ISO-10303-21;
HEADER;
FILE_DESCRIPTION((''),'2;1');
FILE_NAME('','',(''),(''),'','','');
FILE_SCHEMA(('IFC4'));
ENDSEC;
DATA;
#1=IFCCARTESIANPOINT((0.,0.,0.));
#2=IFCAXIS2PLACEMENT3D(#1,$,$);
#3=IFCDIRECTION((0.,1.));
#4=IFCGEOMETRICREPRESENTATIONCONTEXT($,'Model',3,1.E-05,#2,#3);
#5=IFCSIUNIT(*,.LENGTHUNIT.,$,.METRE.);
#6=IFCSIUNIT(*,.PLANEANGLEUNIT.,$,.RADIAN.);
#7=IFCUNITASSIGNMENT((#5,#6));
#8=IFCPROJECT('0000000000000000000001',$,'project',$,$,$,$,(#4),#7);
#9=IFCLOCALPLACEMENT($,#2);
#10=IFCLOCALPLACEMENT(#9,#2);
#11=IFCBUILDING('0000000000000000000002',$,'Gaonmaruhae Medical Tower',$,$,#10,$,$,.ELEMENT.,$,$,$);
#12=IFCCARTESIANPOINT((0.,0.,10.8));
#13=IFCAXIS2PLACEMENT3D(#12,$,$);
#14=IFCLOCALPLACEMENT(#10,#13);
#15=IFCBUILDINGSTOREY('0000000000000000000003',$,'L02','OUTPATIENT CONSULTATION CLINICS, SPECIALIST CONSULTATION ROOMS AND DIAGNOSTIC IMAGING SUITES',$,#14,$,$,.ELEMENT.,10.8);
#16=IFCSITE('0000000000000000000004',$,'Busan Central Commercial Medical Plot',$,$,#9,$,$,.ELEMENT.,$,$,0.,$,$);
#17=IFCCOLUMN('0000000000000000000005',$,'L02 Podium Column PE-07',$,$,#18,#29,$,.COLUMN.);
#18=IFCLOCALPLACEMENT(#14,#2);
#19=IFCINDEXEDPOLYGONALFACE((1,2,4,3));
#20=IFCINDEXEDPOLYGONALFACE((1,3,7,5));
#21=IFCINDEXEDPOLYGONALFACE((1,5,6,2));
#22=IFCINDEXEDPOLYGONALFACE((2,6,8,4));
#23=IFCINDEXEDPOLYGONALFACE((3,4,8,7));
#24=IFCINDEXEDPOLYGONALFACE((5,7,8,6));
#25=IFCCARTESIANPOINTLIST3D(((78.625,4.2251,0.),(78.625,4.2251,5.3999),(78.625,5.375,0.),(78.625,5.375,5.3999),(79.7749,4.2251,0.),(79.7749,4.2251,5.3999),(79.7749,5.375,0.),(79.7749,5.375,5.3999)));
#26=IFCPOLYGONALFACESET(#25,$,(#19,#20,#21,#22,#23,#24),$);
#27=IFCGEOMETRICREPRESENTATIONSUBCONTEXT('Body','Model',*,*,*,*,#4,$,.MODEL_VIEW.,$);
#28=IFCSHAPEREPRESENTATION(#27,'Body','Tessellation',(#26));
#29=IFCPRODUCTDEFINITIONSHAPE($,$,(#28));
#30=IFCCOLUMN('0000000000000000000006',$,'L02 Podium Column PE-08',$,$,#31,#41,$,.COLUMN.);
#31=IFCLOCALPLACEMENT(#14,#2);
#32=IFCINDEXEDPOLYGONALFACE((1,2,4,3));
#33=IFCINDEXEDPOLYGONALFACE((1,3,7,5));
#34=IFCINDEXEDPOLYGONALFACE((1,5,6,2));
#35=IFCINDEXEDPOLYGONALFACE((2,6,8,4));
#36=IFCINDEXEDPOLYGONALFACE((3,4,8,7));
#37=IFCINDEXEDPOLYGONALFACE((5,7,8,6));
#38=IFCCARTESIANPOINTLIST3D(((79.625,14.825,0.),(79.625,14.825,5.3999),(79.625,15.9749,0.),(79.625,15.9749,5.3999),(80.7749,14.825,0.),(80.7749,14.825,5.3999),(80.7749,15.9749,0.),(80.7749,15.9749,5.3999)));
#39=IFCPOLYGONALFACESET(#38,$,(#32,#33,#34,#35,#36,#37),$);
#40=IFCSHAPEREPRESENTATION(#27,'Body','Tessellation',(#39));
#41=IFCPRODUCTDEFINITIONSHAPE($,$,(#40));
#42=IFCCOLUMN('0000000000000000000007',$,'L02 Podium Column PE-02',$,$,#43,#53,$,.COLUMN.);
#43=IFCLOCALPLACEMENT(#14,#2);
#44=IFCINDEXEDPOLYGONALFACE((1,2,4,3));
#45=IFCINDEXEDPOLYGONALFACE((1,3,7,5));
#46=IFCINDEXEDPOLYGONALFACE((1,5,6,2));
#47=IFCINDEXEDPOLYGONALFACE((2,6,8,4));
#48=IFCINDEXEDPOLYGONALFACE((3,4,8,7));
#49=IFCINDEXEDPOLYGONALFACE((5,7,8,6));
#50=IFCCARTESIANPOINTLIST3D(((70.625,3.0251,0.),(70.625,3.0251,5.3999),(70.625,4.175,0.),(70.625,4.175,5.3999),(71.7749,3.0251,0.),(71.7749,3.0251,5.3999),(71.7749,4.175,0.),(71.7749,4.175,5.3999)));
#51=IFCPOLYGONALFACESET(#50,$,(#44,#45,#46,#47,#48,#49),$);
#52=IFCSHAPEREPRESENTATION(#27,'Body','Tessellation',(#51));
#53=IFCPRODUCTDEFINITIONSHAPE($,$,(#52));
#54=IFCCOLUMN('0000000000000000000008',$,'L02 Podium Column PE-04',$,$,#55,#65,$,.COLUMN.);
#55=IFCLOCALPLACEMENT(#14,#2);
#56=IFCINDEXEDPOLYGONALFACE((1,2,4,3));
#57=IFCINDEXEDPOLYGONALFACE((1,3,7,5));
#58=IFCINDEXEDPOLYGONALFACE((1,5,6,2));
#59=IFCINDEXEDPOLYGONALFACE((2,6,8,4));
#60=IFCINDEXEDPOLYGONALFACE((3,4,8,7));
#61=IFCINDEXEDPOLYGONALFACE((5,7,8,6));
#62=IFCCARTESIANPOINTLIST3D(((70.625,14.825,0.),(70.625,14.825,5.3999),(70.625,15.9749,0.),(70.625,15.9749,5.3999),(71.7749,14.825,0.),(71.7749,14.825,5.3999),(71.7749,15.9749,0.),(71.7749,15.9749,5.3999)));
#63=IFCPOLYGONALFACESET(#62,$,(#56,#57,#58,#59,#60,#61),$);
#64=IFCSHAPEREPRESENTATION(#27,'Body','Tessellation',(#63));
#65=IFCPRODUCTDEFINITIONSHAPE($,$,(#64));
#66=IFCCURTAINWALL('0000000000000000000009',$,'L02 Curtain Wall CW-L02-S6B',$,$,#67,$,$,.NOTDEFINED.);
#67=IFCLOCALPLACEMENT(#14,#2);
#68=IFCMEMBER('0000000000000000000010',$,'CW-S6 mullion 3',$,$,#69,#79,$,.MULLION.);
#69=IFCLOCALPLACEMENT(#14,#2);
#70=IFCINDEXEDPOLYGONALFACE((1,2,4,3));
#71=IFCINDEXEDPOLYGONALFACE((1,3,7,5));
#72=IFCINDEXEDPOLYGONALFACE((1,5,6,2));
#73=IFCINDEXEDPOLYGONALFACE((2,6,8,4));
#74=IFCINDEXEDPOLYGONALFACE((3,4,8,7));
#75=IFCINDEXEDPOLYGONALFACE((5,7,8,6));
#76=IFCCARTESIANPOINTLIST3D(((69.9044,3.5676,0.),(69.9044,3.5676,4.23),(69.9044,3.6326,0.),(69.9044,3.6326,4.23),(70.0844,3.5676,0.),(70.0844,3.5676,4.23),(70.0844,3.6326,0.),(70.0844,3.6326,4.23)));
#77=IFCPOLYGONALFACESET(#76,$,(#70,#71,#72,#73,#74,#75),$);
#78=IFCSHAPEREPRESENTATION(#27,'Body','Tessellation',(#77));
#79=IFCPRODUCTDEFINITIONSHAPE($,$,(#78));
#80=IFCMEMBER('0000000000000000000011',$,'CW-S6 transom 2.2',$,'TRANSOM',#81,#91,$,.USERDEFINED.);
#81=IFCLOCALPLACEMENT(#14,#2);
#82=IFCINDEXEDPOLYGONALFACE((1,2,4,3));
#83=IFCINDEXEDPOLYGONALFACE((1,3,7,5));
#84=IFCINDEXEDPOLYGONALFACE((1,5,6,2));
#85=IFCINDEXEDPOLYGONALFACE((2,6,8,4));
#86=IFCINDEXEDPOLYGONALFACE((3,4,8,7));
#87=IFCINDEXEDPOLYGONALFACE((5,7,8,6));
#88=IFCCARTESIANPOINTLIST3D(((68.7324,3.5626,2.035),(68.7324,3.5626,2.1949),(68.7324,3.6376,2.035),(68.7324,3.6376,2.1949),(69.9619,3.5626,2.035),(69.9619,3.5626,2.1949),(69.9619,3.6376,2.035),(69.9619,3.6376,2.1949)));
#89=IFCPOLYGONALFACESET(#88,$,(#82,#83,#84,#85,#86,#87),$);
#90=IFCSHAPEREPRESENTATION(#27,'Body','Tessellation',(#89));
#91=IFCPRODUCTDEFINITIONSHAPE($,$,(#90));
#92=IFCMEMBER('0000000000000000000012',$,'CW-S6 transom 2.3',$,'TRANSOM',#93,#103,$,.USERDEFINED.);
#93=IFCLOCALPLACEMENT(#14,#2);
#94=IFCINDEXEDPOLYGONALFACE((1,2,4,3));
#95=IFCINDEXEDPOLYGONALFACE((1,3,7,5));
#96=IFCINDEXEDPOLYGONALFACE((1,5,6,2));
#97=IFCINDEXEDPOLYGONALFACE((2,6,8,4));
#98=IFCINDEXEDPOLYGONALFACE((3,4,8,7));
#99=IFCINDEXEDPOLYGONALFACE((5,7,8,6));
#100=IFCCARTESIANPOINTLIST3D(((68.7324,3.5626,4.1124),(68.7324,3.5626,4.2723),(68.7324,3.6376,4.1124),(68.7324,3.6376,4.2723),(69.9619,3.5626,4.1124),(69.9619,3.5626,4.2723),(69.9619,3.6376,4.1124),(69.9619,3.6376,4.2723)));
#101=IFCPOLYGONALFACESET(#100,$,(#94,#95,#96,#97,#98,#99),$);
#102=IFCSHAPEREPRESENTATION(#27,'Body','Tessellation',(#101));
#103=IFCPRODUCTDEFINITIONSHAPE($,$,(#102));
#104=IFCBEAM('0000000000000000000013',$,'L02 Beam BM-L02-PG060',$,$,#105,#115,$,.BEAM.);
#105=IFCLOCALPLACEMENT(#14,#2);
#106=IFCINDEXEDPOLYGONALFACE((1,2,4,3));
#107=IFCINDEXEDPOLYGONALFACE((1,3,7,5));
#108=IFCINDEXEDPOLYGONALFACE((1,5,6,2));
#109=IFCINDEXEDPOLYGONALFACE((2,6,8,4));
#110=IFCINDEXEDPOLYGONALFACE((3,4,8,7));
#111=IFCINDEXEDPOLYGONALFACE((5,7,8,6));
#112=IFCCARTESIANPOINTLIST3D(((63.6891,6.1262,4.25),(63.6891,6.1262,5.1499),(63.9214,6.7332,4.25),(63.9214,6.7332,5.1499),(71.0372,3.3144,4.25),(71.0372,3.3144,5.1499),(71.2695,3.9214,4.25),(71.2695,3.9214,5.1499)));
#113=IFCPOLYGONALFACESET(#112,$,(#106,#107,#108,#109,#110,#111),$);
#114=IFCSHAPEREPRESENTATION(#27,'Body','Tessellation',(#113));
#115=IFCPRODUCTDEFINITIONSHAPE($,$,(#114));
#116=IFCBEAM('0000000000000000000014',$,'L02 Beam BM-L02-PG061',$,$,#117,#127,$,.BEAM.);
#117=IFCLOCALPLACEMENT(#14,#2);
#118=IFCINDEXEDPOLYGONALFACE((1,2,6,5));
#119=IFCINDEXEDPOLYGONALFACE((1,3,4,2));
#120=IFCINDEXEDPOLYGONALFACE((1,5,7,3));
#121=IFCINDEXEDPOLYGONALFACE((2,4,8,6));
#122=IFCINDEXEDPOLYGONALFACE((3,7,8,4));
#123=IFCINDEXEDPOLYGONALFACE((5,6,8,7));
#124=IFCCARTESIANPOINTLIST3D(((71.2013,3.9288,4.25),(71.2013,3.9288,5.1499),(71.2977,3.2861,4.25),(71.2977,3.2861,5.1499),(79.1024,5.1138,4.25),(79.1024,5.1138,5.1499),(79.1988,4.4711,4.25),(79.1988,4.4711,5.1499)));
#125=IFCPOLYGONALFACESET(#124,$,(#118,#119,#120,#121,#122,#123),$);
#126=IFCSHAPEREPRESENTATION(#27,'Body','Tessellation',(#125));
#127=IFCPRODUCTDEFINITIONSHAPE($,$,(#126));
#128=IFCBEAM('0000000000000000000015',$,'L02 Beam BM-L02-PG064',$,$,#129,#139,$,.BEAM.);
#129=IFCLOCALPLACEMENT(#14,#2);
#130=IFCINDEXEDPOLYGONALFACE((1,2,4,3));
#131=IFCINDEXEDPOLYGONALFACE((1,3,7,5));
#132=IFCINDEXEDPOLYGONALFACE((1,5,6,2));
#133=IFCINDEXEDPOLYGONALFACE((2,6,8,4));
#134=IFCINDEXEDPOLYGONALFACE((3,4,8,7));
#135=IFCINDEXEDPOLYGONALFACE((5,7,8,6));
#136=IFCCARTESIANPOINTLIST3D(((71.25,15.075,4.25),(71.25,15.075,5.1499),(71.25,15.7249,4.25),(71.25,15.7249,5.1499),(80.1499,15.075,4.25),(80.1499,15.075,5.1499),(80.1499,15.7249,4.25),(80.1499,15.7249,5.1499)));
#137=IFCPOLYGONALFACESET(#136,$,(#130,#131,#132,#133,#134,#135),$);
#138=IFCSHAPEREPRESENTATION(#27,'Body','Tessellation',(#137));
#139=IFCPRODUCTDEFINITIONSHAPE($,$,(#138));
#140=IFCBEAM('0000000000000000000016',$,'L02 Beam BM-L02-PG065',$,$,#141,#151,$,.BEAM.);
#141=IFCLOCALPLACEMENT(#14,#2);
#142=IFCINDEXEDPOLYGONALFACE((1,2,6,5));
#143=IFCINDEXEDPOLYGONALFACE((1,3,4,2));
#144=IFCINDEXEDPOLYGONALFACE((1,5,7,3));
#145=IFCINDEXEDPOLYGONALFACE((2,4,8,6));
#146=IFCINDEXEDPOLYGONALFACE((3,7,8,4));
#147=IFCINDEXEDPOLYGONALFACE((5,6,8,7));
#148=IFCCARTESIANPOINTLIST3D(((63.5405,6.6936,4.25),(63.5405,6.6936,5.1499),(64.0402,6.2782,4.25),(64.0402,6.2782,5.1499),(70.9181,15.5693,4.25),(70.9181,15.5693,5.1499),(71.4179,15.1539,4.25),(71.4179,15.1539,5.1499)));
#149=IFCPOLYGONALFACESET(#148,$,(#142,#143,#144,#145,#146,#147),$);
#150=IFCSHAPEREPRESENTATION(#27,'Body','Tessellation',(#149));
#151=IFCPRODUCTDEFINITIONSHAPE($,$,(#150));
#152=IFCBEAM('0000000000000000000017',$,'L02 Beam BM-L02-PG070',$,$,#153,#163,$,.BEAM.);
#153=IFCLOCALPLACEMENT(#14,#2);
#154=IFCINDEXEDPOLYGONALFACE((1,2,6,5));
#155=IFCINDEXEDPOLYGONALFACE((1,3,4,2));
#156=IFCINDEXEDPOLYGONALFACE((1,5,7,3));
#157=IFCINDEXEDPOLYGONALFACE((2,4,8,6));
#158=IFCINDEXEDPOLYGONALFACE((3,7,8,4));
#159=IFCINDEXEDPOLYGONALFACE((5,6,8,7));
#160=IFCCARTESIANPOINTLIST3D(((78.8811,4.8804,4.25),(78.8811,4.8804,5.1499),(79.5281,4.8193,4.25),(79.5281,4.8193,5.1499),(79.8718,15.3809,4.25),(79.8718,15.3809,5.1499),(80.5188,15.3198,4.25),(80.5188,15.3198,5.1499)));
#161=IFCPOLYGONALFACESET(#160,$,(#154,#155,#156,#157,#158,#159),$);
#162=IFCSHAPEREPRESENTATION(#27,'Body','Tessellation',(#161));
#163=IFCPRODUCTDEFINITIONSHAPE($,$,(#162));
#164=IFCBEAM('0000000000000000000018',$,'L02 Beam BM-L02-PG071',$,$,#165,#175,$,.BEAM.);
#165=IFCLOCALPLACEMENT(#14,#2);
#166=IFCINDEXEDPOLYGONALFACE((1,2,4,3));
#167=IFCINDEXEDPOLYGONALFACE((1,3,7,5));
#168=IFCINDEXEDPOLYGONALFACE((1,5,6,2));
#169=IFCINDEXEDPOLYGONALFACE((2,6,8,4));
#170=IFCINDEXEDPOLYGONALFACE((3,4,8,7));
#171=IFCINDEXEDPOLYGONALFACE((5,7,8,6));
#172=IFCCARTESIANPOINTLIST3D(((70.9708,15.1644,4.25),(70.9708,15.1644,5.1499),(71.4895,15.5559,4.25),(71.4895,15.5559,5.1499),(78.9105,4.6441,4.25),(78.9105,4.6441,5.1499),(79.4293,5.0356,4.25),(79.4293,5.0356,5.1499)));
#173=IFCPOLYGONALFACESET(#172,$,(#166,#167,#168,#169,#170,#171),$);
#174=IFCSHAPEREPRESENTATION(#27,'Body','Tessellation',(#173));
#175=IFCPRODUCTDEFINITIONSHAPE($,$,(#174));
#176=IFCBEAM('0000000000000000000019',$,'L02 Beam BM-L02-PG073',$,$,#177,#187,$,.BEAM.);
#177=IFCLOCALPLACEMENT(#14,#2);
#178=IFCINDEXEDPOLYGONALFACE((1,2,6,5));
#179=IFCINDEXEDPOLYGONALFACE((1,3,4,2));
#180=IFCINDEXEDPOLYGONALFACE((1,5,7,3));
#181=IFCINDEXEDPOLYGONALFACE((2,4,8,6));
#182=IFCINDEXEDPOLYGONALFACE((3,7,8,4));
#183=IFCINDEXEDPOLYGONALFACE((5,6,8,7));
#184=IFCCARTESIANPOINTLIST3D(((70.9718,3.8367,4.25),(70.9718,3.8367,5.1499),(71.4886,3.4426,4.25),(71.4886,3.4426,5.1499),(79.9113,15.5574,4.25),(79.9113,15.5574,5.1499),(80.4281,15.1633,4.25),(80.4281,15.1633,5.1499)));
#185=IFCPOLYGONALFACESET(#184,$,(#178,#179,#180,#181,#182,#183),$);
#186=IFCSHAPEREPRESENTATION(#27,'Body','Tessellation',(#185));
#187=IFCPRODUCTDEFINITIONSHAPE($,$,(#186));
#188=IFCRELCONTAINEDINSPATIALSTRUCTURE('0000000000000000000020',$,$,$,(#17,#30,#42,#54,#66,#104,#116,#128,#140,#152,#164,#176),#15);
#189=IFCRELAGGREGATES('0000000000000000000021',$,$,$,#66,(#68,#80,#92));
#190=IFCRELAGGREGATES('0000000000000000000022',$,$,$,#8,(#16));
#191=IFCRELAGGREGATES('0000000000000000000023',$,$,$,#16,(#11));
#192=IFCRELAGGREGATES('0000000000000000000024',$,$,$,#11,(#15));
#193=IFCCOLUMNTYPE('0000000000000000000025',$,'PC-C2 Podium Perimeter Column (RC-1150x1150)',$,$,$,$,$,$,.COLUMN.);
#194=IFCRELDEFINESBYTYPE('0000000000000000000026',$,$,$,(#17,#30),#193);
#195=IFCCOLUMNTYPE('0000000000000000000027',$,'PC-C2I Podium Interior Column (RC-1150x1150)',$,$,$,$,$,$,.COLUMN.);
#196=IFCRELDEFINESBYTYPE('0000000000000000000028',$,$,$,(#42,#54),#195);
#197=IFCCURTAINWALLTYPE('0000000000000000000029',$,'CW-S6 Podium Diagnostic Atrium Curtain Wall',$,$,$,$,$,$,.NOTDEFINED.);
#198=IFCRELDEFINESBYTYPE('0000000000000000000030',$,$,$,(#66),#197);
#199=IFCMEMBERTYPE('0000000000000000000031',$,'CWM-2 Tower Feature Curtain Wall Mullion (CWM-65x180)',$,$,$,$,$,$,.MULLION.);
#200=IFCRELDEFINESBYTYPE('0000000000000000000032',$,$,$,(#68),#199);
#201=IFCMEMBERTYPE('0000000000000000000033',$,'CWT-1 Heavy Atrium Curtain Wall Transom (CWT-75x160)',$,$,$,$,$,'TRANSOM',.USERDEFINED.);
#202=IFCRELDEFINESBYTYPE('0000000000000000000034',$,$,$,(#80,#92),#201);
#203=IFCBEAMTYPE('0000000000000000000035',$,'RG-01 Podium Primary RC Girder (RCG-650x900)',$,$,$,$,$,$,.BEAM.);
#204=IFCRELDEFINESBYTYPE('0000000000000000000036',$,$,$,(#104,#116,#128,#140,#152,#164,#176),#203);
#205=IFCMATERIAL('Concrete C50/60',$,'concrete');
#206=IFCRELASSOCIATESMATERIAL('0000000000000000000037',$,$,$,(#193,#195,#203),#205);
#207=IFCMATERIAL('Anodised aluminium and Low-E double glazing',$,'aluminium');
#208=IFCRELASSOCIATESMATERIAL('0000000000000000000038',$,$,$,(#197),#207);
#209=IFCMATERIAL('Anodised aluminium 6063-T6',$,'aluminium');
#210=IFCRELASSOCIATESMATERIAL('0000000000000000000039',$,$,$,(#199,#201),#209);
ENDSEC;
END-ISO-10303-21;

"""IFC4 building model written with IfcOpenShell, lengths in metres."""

from ifc_helpers import new_model, si_unit, direction, frame, origin, origin_2d, place, context, subcontext, project, spatial, rectangle, extrude, material, material_profile, profile_set, type_object, element, aggregate, save


model = new_model("IFC4")

# Units and contexts
model_context = context("Model", 3, precision=1e-05, world=origin(), true_north=direction((0.0, 1.0)))
body_context = subcontext(model_context, "Body", "Model", "MODEL_VIEW")
ifc_project = project(units=[si_unit("LENGTHUNIT", "METRE"), si_unit("PLANEANGLEUNIT", "RADIAN")], contexts=[model_context])

# Site, building, storey
site_placement = place(None, origin())
site = spatial("IfcSite", under=ifc_project, at=site_placement, Name="Busan Central Commercial Medical Plot", CompositionType="ELEMENT", RefElevation=0.0)
building_placement = place(site_placement, origin())
building = spatial("IfcBuilding", under=site, at=building_placement, Name="Gaonmaruhae Medical Tower", CompositionType="ELEMENT")
storey_placement = place(building_placement, frame((0.0, 0.0, 10.8)))
storey = spatial("IfcBuildingStorey", under=building, at=storey_placement, Name="L02", Description="OUTPATIENT CONSULTATION CLINICS, SPECIALIST CONSULTATION ROOMS AND DIAGNOSTIC IMAGING SUITES", CompositionType="ELEMENT", Elevation=10.8)

# Columns
ifc_material_1 = material(Name="Concrete C50/60", Category="concrete")
ifc_material_profile_1 = material_profile(ifc_material_1, rectangle(XDim=1.1499, YDim=1.1499, at=origin_2d()), Name="RC-1150x1150")
ifc_profile_set_1 = profile_set([ifc_material_profile_1], Name="Concrete C50/60")
column_type_1 = type_object("IfcColumnType", Name="PC-C2 Podium Perimeter Column (RC-1150x1150)", PredefinedType="COLUMN", material=ifc_profile_set_1)
for number, where, z_axis, x_axis, name in (
    (1, (79.2, 4.8, 0.0), (0.0, 0.0, 1.0), (1.0, 0.0, 0.0), "L02 Podium Column PE-07"),
    (2, (80.2, 15.3999, 0.0), (0.0, 0.0, 1.0), (1.0, 0.0, 0.0), "L02 Podium Column PE-08"),
):
    element("IfcColumn", number, at=place(storey_placement, frame(where, z_axis=z_axis, x_axis=x_axis)), inside=storey, type_object=column_type_1, Name=name, PredefinedType="COLUMN", context=body_context, shape_type="SweptSolid", body=[
        extrude(rectangle(XDim=1.1499, YDim=1.1499, at=origin_2d()), origin(), (0.0, 0.0, 1.0), 5.3999),
    ])
ifc_material_profile_2 = material_profile(ifc_material_1, rectangle(XDim=1.1499, YDim=1.1499, at=origin_2d()), Name="RC-1150x1150")
ifc_profile_set_2 = profile_set([ifc_material_profile_2], Name="Concrete C50/60")
column_type_2 = type_object("IfcColumnType", Name="PC-C2I Podium Interior Column (RC-1150x1150)", PredefinedType="COLUMN", material=ifc_profile_set_2)
for number, where, z_axis, x_axis, name in (
    (3, (71.2, 3.6001, 0.0), (0.0, 0.0, 1.0), (1.0, 0.0, 0.0), "L02 Podium Column PE-02"),
    (4, (71.2, 15.3999, 0.0), (0.0, 0.0, 1.0), (1.0, 0.0, 0.0), "L02 Podium Column PE-04"),
):
    element("IfcColumn", number, at=place(storey_placement, frame(where, z_axis=z_axis, x_axis=x_axis)), inside=storey, type_object=column_type_2, Name=name, PredefinedType="COLUMN", context=body_context, shape_type="SweptSolid", body=[
        extrude(rectangle(XDim=1.1499, YDim=1.1499, at=origin_2d()), origin(), (0.0, 0.0, 1.0), 5.3999),
    ])

# Curtain wall, members
ifc_material_2 = material(Name="Anodised aluminium and Low-E double glazing", Category="aluminium")
curtain_wall_type = type_object("IfcCurtainWallType", Name="CW-S6 Podium Diagnostic Atrium Curtain Wall", PredefinedType="NOTDEFINED", material=ifc_material_2)
curtain_wall_placement = place(storey_placement, origin())
curtain_wall = element("IfcCurtainWall", 5, at=curtain_wall_placement, inside=storey, type_object=curtain_wall_type, Name="L02 Curtain Wall CW-L02-S6B", PredefinedType="NOTDEFINED")
ifc_material_3 = material(Name="Anodised aluminium 6063-T6", Category="aluminium")
ifc_material_profile_3 = material_profile(ifc_material_3, rectangle(XDim=0.0649, YDim=0.1799, at=origin_2d()), Name="CWM-65x180")
ifc_profile_set_3 = profile_set([ifc_material_profile_3], Name="Anodised aluminium 6063-T6")
member_type_1 = type_object("IfcMemberType", Name="CWM-2 Tower Feature Curtain Wall Mullion (CWM-65x180)", PredefinedType="MULLION", material=ifc_profile_set_3)
member_1_placement = place(storey_placement, frame((69.9944, 3.6001, 0.0), z_axis=(0.0, 0.0, 1.0), x_axis=(0.0, 1.0, 0.0)))
member_1 = element("IfcMember", 6, at=member_1_placement, type_object=member_type_1, Name="CW-S6 mullion 3", PredefinedType="MULLION", context=body_context, shape_type="SweptSolid", body=[
    extrude(rectangle(XDim=0.0649, YDim=0.1799, at=origin_2d()), origin(), (0.0, 0.0, 1.0), 4.23),
])
ifc_material_profile_4 = material_profile(ifc_material_3, rectangle(XDim=0.075, YDim=0.1599, at=origin_2d()), Name="CWT-75x160")
ifc_profile_set_4 = profile_set([ifc_material_profile_4], Name="Anodised aluminium 6063-T6")
member_type_2 = type_object("IfcMemberType", Name="CWT-1 Heavy Atrium Curtain Wall Transom (CWT-75x160)", ElementType="TRANSOM", PredefinedType="USERDEFINED", material=ifc_profile_set_4)
member_2_placement = place(storey_placement, frame((68.7324, 3.6001, 2.115), z_axis=(1.0, 0.0, 0.0), x_axis=(0.0, 1.0, 0.0)))
member_2 = element("IfcMember", 7, at=member_2_placement, type_object=member_type_2, Name="CW-S6 transom 2.2", ObjectType="TRANSOM", PredefinedType="USERDEFINED", context=body_context, shape_type="SweptSolid", body=[
    extrude(rectangle(XDim=0.075, YDim=0.1599, at=origin_2d()), origin(), (0.0, 0.0, 1.0), 1.2295),
])
member_3_placement = place(storey_placement, frame((68.7324, 3.6001, 4.1924), z_axis=(1.0, 0.0, 0.0), x_axis=(0.0, 1.0, 0.0)))
member_3 = element("IfcMember", 8, at=member_3_placement, type_object=member_type_2, Name="CW-S6 transom 2.3", ObjectType="TRANSOM", PredefinedType="USERDEFINED", context=body_context, shape_type="SweptSolid", body=[
    extrude(rectangle(XDim=0.075, YDim=0.1599, at=origin_2d()), origin(), (0.0, 0.0, 1.0), 1.2295),
])

# Beams
ifc_material_profile_5 = material_profile(ifc_material_1, rectangle(XDim=0.6499, YDim=0.8999, at=origin_2d()), Name="RCG-650x900")
ifc_profile_set_5 = profile_set([ifc_material_profile_5], Name="Concrete C50/60")
beam_type = type_object("IfcBeamType", Name="RG-01 Podium Primary RC Girder (RCG-650x900)", PredefinedType="BEAM", material=ifc_profile_set_5)
beam_1_placement = place(storey_placement, frame((71.1533, 3.6179, 4.7), z_axis=(-0.933959, 0.35738, 0.0), x_axis=(-0.35738, -0.933959, 0.0)))
element("IfcBeam", 9, at=beam_1_placement, inside=storey, type_object=beam_type, Name="L02 Beam BM-L02-PG060", PredefinedType="BEAM", context=body_context, shape_type="SweptSolid", body=[
    extrude(rectangle(XDim=0.6499, YDim=0.8999, at=origin_2d()), origin(), (0.0, 0.0, 1.0), 7.8677),
])
beam_2_placement = place(storey_placement, frame((71.2495, 3.6074, 4.7), z_axis=(0.988938, 0.148327, 0.0), x_axis=(-0.148327, 0.988938, 0.0)))
element("IfcBeam", 10, at=beam_2_placement, inside=storey, type_object=beam_type, Name="L02 Beam BM-L02-PG061", PredefinedType="BEAM", context=body_context, shape_type="SweptSolid", body=[
    extrude(rectangle(XDim=0.6499, YDim=0.8999, at=origin_2d()), origin(), (0.0, 0.0, 1.0), 7.9895),
])
beam_3_placement = place(storey_placement, frame((71.25, 15.3999, 4.7), z_axis=(1.0, 0.0, 0.0), x_axis=(0.0, 1.0, 0.0)))
element("IfcBeam", 11, at=beam_3_placement, inside=storey, type_object=beam_type, Name="L02 Beam BM-L02-PG064", PredefinedType="BEAM", context=body_context, shape_type="SweptSolid", body=[
    extrude(rectangle(XDim=0.6499, YDim=0.8999, at=origin_2d()), origin(), (0.0, 0.0, 1.0), 8.8999),
])
beam_4_placement = place(storey_placement, frame((71.168, 15.3616, 4.7), z_axis=(-0.639225, -0.76902, 0.0), x_axis=(0.76902, -0.639225, 0.0)))
element("IfcBeam", 12, at=beam_4_placement, inside=storey, type_object=beam_type, Name="L02 Beam BM-L02-PG065", PredefinedType="BEAM", context=body_context, shape_type="SweptSolid", body=[
    extrude(rectangle(XDim=0.6499, YDim=0.8999, at=origin_2d()), origin(), (0.0, 0.0, 1.0), 11.5415),
])
beam_5_placement = place(storey_placement, frame((79.2046, 4.8499, 4.7), z_axis=(0.093933, 0.995579, 0.0), x_axis=(-0.995579, 0.093933, 0.0)))
element("IfcBeam", 13, at=beam_5_placement, inside=storey, type_object=beam_type, Name="L02 Beam BM-L02-PG070", PredefinedType="BEAM", context=body_context, shape_type="SweptSolid", body=[
    extrude(rectangle(XDim=0.6499, YDim=0.8999, at=origin_2d()), origin(), (0.0, 0.0, 1.0), 10.5471),
])
beam_6_placement = place(storey_placement, frame((79.1699, 4.8398, 4.7), z_axis=(-0.602401, 0.798194, 0.0), x_axis=(-0.798194, -0.602401, 0.0)))
element("IfcBeam", 14, at=beam_6_placement, inside=storey, type_object=beam_type, Name="L02 Beam BM-L02-PG071", PredefinedType="BEAM", context=body_context, shape_type="SweptSolid", body=[
    extrude(rectangle(XDim=0.6499, YDim=0.8999, at=origin_2d()), origin(), (0.0, 0.0, 1.0), 13.1802),
])
beam_7_placement = place(storey_placement, frame((80.1697, 15.3604, 4.7), z_axis=(-0.606446, -0.795124, 0.0), x_axis=(0.795124, -0.606446, 0.0)))
element("IfcBeam", 15, at=beam_7_placement, inside=storey, type_object=beam_type, Name="L02 Beam BM-L02-PG073", PredefinedType="BEAM", context=body_context, shape_type="SweptSolid", body=[
    extrude(rectangle(XDim=0.6499, YDim=0.8999, at=origin_2d()), origin(), (0.0, 0.0, 1.0), 14.7407),
])

aggregate(curtain_wall, [member_1, member_2, member_3])

save(model, "model.ifc")
